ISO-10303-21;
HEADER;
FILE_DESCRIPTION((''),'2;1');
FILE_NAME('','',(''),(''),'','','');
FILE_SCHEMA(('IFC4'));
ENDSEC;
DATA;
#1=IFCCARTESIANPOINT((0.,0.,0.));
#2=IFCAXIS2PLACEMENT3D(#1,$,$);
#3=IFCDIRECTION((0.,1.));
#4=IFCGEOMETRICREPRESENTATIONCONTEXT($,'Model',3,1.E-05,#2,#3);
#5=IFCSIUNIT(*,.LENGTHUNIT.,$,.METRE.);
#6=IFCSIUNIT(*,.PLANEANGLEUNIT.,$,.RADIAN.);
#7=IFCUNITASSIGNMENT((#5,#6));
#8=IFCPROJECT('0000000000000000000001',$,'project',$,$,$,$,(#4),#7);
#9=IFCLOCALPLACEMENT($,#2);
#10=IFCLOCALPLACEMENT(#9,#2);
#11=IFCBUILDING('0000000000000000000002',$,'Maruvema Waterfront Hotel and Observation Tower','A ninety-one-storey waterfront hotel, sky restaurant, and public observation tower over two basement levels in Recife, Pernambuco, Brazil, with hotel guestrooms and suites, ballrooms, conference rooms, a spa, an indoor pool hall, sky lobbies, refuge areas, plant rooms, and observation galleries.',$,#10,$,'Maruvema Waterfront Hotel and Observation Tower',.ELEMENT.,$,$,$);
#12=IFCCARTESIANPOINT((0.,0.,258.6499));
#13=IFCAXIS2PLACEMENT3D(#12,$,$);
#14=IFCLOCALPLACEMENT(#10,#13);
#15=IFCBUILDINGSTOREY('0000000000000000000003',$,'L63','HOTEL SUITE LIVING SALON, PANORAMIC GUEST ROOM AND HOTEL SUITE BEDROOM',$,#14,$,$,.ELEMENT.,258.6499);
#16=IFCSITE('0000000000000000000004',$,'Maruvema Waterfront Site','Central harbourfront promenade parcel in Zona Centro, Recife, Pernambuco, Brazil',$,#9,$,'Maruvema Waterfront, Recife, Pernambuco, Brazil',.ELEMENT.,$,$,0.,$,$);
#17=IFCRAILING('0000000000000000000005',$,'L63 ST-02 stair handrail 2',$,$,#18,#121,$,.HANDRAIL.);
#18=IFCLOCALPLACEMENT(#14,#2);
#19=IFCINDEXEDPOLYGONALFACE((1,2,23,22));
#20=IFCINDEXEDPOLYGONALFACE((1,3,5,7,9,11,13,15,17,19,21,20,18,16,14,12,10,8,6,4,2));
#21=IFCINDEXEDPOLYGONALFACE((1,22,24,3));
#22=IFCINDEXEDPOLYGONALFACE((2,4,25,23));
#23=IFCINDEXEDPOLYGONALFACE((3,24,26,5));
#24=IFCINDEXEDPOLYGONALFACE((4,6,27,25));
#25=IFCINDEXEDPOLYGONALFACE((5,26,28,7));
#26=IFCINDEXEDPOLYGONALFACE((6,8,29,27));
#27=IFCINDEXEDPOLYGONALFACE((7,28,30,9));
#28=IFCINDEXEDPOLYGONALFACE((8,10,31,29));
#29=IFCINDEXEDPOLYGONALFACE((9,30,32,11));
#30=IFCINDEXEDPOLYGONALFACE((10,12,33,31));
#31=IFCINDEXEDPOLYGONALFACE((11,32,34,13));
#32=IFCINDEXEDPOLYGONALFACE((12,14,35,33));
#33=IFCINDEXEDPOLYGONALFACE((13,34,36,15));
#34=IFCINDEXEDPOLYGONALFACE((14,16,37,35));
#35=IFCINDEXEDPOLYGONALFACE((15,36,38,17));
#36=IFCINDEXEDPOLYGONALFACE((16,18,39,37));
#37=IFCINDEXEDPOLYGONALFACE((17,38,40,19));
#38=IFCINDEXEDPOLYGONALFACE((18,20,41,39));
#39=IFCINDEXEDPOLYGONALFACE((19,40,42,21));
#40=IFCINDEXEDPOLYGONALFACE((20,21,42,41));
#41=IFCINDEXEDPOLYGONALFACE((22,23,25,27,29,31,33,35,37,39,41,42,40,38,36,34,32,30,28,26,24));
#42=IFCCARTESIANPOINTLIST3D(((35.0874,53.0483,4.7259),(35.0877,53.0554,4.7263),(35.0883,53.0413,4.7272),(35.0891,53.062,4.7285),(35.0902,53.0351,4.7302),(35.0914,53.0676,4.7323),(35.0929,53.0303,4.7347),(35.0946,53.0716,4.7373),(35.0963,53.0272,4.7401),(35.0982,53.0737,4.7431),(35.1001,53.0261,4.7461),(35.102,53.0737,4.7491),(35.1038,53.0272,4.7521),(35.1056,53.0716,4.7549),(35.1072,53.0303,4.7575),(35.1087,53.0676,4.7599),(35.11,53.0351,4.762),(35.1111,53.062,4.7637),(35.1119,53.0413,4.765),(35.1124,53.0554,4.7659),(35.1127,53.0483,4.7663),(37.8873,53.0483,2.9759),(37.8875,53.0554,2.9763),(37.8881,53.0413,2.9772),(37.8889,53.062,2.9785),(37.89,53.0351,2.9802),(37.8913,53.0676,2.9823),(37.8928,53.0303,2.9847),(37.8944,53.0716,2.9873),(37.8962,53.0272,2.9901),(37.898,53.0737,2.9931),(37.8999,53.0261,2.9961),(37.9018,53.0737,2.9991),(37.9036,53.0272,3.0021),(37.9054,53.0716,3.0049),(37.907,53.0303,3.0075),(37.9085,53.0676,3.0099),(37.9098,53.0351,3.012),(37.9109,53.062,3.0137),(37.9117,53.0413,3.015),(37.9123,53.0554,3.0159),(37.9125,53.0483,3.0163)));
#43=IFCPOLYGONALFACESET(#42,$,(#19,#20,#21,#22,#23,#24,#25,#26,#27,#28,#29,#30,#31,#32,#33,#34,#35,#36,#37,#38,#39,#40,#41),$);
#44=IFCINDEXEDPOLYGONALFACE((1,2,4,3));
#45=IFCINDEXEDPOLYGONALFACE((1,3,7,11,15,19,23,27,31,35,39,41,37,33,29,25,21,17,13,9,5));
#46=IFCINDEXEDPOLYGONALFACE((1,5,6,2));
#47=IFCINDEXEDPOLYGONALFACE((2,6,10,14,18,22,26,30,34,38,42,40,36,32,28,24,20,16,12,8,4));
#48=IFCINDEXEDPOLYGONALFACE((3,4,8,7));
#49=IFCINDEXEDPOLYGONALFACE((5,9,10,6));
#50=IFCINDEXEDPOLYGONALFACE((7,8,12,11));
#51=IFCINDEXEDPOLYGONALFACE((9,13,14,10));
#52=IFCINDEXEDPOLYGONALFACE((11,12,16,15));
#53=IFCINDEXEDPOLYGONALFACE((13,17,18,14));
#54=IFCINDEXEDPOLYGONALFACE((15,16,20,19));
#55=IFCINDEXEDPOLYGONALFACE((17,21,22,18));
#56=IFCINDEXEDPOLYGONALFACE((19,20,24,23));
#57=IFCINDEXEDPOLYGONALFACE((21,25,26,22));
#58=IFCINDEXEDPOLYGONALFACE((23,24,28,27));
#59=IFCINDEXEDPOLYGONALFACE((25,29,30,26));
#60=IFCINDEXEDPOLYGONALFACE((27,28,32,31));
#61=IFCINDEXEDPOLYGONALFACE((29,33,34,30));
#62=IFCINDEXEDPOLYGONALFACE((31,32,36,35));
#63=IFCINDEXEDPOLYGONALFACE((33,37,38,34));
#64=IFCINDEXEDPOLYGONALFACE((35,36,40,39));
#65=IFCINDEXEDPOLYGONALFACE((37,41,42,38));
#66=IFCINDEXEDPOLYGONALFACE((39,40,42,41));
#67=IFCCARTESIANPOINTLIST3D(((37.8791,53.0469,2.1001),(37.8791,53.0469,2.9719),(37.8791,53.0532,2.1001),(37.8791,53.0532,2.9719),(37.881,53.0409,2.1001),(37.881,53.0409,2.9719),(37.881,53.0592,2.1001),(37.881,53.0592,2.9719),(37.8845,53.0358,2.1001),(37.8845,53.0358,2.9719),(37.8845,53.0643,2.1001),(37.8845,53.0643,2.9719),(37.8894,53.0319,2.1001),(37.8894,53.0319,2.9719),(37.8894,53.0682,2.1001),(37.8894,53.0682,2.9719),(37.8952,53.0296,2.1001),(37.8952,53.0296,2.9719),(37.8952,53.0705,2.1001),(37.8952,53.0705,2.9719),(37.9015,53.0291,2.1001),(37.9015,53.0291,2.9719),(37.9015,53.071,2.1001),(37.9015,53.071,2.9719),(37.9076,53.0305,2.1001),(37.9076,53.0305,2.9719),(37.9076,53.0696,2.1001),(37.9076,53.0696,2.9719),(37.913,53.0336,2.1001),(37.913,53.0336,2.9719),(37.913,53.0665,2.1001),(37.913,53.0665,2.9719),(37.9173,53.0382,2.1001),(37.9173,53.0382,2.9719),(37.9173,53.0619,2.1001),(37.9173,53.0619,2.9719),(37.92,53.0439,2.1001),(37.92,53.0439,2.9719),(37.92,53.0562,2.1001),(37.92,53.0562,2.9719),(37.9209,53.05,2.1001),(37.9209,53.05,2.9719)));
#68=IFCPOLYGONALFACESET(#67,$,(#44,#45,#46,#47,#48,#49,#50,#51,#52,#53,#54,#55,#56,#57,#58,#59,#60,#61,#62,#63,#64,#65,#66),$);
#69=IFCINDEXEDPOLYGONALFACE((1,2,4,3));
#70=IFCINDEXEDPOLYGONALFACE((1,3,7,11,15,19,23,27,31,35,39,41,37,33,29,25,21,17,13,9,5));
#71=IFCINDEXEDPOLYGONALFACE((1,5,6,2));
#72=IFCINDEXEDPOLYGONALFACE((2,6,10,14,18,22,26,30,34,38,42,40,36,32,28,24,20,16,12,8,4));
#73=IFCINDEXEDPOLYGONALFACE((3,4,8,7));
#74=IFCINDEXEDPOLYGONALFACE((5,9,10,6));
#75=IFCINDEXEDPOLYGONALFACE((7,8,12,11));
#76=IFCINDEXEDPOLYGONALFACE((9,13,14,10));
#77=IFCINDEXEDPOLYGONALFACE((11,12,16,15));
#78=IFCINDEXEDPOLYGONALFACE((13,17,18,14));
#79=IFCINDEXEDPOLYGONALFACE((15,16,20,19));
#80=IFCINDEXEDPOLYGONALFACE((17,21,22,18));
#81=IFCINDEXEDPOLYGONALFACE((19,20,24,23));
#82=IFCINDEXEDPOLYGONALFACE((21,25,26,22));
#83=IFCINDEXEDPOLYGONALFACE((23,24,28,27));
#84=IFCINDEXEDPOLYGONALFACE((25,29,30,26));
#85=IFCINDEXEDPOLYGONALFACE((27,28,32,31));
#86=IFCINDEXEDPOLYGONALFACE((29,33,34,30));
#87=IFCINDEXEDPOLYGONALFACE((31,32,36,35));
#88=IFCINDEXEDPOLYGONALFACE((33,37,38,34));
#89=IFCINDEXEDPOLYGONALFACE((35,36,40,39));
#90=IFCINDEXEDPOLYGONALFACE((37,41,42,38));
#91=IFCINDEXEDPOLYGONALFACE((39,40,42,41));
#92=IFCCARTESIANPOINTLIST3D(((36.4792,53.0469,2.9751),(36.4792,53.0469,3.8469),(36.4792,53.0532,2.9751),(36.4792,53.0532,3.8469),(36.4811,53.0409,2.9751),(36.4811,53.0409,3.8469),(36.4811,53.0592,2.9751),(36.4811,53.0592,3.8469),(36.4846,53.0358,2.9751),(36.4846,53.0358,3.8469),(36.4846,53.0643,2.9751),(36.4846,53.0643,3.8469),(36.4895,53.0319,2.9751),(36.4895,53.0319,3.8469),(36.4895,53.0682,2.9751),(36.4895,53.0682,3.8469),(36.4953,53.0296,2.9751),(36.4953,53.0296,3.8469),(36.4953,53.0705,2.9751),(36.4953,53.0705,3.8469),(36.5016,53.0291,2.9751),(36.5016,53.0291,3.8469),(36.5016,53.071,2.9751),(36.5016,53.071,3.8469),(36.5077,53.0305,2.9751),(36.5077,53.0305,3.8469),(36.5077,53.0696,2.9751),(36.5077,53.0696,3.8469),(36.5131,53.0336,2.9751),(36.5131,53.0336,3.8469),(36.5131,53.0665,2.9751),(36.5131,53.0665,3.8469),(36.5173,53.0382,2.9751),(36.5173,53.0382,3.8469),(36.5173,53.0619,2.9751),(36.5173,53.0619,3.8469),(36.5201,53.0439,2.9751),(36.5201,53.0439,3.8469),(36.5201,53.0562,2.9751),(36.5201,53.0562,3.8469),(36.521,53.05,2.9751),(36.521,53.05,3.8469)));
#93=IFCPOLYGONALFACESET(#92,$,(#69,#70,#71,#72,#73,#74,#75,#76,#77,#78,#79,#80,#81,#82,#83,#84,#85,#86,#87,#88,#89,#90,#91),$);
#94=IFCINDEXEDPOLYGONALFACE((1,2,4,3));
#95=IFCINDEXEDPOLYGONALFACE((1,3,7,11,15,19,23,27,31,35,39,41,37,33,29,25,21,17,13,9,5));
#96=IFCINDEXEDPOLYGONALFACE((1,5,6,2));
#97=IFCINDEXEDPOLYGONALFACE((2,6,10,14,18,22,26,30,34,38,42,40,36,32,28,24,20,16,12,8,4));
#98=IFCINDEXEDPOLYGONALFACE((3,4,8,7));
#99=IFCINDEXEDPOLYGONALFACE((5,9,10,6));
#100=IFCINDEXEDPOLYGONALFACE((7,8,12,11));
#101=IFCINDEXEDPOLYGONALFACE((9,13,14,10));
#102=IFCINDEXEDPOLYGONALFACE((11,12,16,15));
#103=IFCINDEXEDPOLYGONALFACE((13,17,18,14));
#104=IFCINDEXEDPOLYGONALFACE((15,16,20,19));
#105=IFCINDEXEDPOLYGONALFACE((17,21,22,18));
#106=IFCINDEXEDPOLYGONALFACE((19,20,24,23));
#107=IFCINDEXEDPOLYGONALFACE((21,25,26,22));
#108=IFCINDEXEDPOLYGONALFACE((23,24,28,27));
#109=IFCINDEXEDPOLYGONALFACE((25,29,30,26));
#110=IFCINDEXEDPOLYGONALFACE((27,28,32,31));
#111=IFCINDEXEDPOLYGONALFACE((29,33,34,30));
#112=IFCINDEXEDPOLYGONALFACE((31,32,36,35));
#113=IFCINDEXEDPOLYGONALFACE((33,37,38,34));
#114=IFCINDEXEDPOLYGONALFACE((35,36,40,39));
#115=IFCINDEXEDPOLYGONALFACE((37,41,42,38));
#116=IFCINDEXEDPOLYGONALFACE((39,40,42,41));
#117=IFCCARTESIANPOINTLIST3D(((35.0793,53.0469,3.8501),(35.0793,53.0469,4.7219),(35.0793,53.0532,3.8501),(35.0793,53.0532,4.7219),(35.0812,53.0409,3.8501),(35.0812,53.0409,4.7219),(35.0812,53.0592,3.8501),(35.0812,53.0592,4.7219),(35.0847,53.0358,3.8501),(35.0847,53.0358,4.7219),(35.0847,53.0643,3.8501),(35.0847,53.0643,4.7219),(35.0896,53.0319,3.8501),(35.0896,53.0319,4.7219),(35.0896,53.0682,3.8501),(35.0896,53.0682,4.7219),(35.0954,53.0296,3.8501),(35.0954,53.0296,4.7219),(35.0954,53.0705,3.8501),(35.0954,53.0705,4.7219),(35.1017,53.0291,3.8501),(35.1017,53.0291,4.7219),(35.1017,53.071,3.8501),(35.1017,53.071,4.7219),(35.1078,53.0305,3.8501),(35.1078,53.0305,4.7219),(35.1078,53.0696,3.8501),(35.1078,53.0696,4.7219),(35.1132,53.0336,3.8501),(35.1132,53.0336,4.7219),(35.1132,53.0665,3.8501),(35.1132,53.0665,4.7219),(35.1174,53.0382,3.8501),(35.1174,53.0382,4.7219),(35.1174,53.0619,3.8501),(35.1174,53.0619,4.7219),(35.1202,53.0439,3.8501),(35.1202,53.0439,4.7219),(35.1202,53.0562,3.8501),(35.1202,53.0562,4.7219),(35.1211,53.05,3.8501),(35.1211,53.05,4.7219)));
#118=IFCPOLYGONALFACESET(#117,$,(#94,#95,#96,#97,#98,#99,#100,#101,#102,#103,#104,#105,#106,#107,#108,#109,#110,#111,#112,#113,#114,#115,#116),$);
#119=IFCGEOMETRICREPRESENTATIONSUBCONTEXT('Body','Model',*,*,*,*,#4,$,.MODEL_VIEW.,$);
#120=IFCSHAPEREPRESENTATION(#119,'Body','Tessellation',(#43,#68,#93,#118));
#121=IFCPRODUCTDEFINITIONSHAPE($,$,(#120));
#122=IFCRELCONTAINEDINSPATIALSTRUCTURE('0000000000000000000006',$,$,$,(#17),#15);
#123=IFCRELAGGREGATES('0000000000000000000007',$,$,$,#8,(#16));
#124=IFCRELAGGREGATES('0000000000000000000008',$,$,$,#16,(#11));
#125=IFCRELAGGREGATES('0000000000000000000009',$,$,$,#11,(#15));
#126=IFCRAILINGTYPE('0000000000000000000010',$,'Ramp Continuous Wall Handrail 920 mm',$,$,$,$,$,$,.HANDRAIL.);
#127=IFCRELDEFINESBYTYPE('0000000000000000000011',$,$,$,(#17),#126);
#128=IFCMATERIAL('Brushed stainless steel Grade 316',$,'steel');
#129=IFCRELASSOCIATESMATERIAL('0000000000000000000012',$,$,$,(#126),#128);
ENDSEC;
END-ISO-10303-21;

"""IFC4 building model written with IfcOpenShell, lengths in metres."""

from ifc_helpers import new_model, si_unit, direction, frame, origin, origin_2d, place, context, subcontext, project, spatial, circle, extrude, material, type_object, element, save


model = new_model("IFC4")

# Units and contexts
model_context = context("Model", 3, precision=1e-05, world=origin(), true_north=direction((0.0, 1.0)))
body_context = subcontext(model_context, "Body", "Model", "MODEL_VIEW")
ifc_project = project(units=[si_unit("LENGTHUNIT", "METRE"), si_unit("PLANEANGLEUNIT", "RADIAN")], contexts=[model_context])

# Site, building, storey
site_placement = place(None, origin())
site = spatial("IfcSite", under=ifc_project, at=site_placement, Name="Maruvema Waterfront Site", Description="Central harbourfront promenade parcel in Zona Centro, Recife, Pernambuco, Brazil", LongName="Maruvema Waterfront, Recife, Pernambuco, Brazil", CompositionType="ELEMENT", RefElevation=0.0)
building_placement = place(site_placement, origin())
building = spatial("IfcBuilding", under=site, at=building_placement, Name="Maruvema Waterfront Hotel and Observation Tower", Description="A ninety-one-storey waterfront hotel, sky restaurant, and public observation tower over two basement levels in Recife, Pernambuco, Brazil, with hotel guestrooms and suites, ballrooms, conference rooms, a spa, an indoor pool hall, sky lobbies, refuge areas, plant rooms, and observation galleries.", LongName="Maruvema Waterfront Hotel and Observation Tower", CompositionType="ELEMENT")
storey_placement = place(building_placement, frame((0.0, 0.0, 258.6499)))
storey = spatial("IfcBuildingStorey", under=building, at=storey_placement, Name="L63", Description="HOTEL SUITE LIVING SALON, PANORAMIC GUEST ROOM AND HOTEL SUITE BEDROOM", CompositionType="ELEMENT", Elevation=258.6499)

# Railing
ifc_material_1 = material(Name="Brushed stainless steel Grade 316", Category="steel")
railing_type_1 = type_object("IfcRailingType", Name="Ramp Continuous Wall Handrail 920 mm", PredefinedType="HANDRAIL", material=ifc_material_1)
railing_1_placement = place(storey_placement, frame((37.8999, 53.05, 2.1001)))
element("IfcRailing", 1, at=railing_1_placement, inside=storey, type_object=railing_type_1, Name="L63 ST-02 stair handrail 2", PredefinedType="HANDRAIL", context=body_context, shape_type="SweptSolid", body=[
    extrude(circle(Radius=0.0239, at=origin_2d()), frame((0.0, 0.0, 0.896), z_axis=(-0.847982, 0.0, 0.530026), x_axis=(0.0, -1.0, 0.0)), (0.0, 0.0, 1.0), 3.3018),
    extrude(circle(Radius=0.021, at=origin_2d()), origin(), (0.0, 0.0, 1.0), 0.8718),
    extrude(circle(Radius=0.021, at=origin_2d()), frame((-1.3999, 0.0, 0.875)), (0.0, 0.0, 1.0), 0.8718),
    extrude(circle(Radius=0.021, at=origin_2d()), frame((-2.7998, 0.0, 1.75)), (0.0, 0.0, 1.0), 0.8718),
])

save(model, "model.ifc")
